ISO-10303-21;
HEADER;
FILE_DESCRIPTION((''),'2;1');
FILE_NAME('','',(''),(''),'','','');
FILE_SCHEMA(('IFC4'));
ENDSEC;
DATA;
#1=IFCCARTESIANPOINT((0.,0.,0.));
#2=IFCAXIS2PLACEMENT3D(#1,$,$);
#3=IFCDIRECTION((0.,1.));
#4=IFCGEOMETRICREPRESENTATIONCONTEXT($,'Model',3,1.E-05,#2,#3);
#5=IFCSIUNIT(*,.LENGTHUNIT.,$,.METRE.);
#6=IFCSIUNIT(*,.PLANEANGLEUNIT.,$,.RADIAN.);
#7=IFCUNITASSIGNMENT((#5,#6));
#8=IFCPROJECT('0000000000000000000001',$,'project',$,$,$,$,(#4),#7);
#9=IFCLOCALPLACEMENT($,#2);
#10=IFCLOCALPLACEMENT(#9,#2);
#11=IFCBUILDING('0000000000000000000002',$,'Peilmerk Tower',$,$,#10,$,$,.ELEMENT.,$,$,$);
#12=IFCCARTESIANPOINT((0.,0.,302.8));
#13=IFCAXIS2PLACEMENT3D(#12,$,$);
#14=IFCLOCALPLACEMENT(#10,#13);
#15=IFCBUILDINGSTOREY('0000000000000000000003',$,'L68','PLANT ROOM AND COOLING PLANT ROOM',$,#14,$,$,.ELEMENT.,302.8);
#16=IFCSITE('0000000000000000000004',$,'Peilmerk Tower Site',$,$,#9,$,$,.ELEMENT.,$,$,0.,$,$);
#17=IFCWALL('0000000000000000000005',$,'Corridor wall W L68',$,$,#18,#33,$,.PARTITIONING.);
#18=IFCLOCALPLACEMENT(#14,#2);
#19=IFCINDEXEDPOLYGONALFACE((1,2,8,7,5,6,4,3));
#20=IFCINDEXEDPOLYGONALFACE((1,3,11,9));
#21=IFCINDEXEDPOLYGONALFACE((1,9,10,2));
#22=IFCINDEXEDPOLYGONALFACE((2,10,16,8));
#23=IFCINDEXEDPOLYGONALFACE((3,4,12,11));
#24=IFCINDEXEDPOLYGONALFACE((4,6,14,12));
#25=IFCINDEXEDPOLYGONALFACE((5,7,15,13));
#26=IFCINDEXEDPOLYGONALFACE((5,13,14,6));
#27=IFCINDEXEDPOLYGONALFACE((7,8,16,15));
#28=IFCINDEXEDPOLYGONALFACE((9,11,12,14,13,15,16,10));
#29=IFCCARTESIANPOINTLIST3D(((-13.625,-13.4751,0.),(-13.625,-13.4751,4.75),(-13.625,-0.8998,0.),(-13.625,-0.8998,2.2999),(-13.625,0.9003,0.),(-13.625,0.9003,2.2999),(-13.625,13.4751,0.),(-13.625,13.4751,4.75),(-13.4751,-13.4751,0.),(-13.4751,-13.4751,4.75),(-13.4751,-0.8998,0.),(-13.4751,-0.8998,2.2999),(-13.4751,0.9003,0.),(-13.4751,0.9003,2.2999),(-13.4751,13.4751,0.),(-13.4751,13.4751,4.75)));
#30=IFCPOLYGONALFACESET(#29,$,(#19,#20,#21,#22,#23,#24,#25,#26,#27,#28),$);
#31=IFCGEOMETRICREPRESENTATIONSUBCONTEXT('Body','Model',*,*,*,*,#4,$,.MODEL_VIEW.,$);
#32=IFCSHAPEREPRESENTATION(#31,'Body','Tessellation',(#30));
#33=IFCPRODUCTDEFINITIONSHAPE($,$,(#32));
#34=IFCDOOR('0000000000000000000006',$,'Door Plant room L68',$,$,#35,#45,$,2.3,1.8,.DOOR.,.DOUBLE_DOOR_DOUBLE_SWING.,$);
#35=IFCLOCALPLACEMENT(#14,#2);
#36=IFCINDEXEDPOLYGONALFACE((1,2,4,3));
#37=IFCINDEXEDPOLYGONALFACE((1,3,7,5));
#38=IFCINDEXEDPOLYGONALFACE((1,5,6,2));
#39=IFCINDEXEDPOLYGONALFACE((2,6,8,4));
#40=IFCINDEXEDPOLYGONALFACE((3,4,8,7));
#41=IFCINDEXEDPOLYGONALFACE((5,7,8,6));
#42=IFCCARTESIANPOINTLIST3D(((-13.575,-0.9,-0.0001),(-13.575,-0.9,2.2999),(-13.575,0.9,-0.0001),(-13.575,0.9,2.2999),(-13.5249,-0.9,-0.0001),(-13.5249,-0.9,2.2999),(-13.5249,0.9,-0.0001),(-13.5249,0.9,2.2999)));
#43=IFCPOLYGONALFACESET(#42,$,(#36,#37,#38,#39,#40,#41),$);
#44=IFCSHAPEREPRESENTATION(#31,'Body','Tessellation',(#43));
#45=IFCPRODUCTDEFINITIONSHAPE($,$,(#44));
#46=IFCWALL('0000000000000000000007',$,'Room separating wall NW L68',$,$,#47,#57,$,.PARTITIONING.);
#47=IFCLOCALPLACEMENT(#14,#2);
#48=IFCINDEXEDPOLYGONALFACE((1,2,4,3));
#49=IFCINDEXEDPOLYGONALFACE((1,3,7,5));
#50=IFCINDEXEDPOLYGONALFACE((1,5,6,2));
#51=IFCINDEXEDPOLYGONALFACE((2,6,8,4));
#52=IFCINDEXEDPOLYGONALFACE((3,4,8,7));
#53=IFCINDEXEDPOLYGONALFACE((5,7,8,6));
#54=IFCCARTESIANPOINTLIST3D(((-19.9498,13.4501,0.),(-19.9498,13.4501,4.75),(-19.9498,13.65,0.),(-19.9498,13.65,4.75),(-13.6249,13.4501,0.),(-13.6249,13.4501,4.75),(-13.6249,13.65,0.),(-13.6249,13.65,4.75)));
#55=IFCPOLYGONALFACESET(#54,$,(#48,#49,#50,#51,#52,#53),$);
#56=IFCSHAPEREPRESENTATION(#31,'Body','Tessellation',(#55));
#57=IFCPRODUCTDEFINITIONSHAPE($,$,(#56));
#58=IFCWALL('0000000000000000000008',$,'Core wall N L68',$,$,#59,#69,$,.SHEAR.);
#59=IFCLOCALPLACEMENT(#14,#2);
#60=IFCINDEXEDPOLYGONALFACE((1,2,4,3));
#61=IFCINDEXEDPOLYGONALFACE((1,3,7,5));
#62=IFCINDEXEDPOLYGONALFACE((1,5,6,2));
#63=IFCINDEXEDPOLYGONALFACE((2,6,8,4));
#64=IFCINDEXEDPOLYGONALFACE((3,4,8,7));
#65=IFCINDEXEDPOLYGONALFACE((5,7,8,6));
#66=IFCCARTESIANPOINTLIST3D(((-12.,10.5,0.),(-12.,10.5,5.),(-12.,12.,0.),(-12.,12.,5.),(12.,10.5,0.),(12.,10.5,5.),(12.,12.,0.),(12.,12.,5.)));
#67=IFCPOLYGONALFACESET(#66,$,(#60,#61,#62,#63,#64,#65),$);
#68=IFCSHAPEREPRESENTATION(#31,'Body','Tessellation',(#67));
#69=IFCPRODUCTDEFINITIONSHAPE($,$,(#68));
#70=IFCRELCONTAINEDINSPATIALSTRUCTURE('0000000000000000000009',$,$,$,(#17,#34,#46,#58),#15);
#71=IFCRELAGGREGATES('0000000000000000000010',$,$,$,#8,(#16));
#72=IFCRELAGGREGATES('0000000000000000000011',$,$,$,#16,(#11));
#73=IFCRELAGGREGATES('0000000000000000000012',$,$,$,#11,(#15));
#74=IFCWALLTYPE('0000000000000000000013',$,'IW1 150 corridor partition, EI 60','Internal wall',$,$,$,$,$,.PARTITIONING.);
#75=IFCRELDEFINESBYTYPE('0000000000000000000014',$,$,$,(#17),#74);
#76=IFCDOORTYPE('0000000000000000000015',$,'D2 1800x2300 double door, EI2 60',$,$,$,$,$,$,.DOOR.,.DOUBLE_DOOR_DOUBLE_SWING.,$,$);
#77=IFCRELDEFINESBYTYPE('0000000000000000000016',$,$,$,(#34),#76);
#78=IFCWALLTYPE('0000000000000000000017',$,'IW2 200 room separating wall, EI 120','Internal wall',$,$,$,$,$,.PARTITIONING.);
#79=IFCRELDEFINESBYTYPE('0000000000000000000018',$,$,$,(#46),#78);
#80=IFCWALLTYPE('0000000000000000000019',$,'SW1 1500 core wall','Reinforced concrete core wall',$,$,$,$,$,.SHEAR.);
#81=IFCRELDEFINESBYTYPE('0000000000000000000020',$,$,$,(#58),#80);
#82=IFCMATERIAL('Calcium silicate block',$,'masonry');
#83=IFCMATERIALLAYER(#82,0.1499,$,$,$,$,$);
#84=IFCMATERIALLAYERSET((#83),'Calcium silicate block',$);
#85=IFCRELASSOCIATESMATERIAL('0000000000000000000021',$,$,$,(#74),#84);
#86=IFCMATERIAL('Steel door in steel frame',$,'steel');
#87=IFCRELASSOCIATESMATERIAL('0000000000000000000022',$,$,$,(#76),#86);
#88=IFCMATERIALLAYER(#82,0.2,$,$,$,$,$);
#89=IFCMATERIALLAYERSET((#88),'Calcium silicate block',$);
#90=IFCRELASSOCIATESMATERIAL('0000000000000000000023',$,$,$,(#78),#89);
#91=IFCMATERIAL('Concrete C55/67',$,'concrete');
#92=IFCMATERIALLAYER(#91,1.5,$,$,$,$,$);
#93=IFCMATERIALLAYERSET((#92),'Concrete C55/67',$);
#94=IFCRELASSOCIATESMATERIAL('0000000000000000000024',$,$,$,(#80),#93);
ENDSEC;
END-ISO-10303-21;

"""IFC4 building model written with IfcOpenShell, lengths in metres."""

from ifc_helpers import new_model, si_unit, direction, frame, frame_2d, origin, place, context, subcontext, project, spatial, rectangle, extrude, material, layer, layer_set, type_object, element, fill, save


model = new_model("IFC4")

# Units and contexts
model_context = context("Model", 3, precision=1e-05, world=origin(), true_north=direction((0.0, 1.0)))
body_context = subcontext(model_context, "Body", "Model", "MODEL_VIEW")
ifc_project = project(units=[si_unit("LENGTHUNIT", "METRE"), si_unit("PLANEANGLEUNIT", "RADIAN")], contexts=[model_context])

# Site, building, storey
site_placement = place(None, origin())
site = spatial("IfcSite", under=ifc_project, at=site_placement, Name="Peilmerk Tower Site", CompositionType="ELEMENT", RefElevation=0.0)
building_placement = place(site_placement, origin())
building = spatial("IfcBuilding", under=site, at=building_placement, Name="Peilmerk Tower", CompositionType="ELEMENT")
storey_placement = place(building_placement, frame((0.0, 0.0, 302.8)))
storey = spatial("IfcBuildingStorey", under=building, at=storey_placement, Name="L68", Description="PLANT ROOM AND COOLING PLANT ROOM", CompositionType="ELEMENT", Elevation=302.8)

# Wall, opening, door
ifc_material_1 = material(Name="Calcium silicate block", Category="masonry")
ifc_layer_1 = layer(ifc_material_1, 0.1499)
ifc_layer_set_1 = layer_set([ifc_layer_1], Name="Calcium silicate block")
wall_type_1 = type_object("IfcWallType", Name="IW1 150 corridor partition, EI 60", Description="Internal wall", PredefinedType="PARTITIONING", material=ifc_layer_set_1)
ifc_material_2 = material(Name="Steel door in steel frame", Category="steel")
door_type = type_object("IfcDoorType", Name="D2 1800x2300 double door, EI2 60", OperationType="DOUBLE_DOOR_DOUBLE_SWING", PredefinedType="DOOR", material=ifc_material_2)
wall_1_placement = place(storey_placement, frame((-13.55, 13.4751, 0.0), z_axis=(0.0, 0.0, 1.0), x_axis=(0.0, -1.0, 0.0)))
wall_1 = element("IfcWall", 1, at=wall_1_placement, inside=storey, type_object=wall_type_1, Name="Corridor wall W L68", PredefinedType="PARTITIONING", context=body_context, shape_type="SweptSolid", body=[
    extrude(rectangle(XDim=26.9502, YDim=0.1499, at=frame_2d((13.4751, 0.0))), origin(), (0.0, 0.0, 1.0), 4.75),
])
opening_1_placement = place(wall_1_placement, frame((12.575, 0.0, 0.0)))
opening_1 = element("IfcOpeningElement", 2, at=opening_1_placement, cuts=wall_1, PredefinedType="OPENING", context=body_context, shape_type="SweptSolid", body=[
    extrude(rectangle(XDim=1.8, YDim=2.3, at=frame_2d((0.8999, 1.1499))), frame((0.0, 0.085, 0.0), z_axis=(0.0, -1.0, 0.0), x_axis=(1.0, 0.0, 0.0)), (0.0, 0.0, 1.0), 0.1699),
])
door_1_placement = place(opening_1_placement, frame((1.8, 0.0, 0.0), z_axis=(0.0, 0.0, 1.0), x_axis=(-1.0, 0.0, 0.0)))
door_1 = element("IfcDoor", 3, at=door_1_placement, inside=storey, type_object=door_type, Name="Door Plant room L68", OperationType="DOUBLE_DOOR_DOUBLE_SWING", OverallHeight=2.3, OverallWidth=1.8, PredefinedType="DOOR", context=body_context, shape_type="SweptSolid", body=[
    extrude(rectangle(XDim=1.8, YDim=2.3, at=frame_2d((0.8999, 1.1499))), frame((0.0, 0.0249, 0.0), z_axis=(0.0, -1.0, 0.0), x_axis=(1.0, 0.0, 0.0)), (0.0, 0.0, 1.0), 0.05),
])
fill(opening_1, door_1)

# Walls
ifc_layer_2 = layer(ifc_material_1, 0.2)
ifc_layer_set_2 = layer_set([ifc_layer_2], Name="Calcium silicate block")
wall_type_2 = type_object("IfcWallType", Name="IW2 200 room separating wall, EI 120", Description="Internal wall", PredefinedType="PARTITIONING", material=ifc_layer_set_2)
wall_2_placement = place(storey_placement, frame((-19.95, 13.55, 0.0), z_axis=(0.0, 0.0, 1.0), x_axis=(1.0, 0.0, 0.0)))
element("IfcWall", 4, at=wall_2_placement, inside=storey, type_object=wall_type_2, Name="Room separating wall NW L68", PredefinedType="PARTITIONING", context=body_context, shape_type="SweptSolid", body=[
    extrude(rectangle(XDim=6.325, YDim=0.2, at=frame_2d((3.1626, 0.0))), origin(), (0.0, 0.0, 1.0), 4.75),
])
ifc_material_3 = material(Name="Concrete C55/67", Category="concrete")
ifc_layer_3 = layer(ifc_material_3, 1.5)
ifc_layer_set_3 = layer_set([ifc_layer_3], Name="Concrete C55/67")
wall_type_3 = type_object("IfcWallType", Name="SW1 1500 core wall", Description="Reinforced concrete core wall", PredefinedType="SHEAR", material=ifc_layer_set_3)
wall_3_placement = place(storey_placement, frame((-12.0, 11.25, 0.0), z_axis=(0.0, 0.0, 1.0), x_axis=(1.0, 0.0, 0.0)))
element("IfcWall", 5, at=wall_3_placement, inside=storey, type_object=wall_type_3, Name="Core wall N L68", PredefinedType="SHEAR", context=body_context, shape_type="SweptSolid", body=[
    extrude(rectangle(XDim=24.0, YDim=1.5, at=frame_2d((12.0, 0.0))), origin(), (0.0, 0.0, 1.0), 5.0),
])

save(model, "model.ifc")
